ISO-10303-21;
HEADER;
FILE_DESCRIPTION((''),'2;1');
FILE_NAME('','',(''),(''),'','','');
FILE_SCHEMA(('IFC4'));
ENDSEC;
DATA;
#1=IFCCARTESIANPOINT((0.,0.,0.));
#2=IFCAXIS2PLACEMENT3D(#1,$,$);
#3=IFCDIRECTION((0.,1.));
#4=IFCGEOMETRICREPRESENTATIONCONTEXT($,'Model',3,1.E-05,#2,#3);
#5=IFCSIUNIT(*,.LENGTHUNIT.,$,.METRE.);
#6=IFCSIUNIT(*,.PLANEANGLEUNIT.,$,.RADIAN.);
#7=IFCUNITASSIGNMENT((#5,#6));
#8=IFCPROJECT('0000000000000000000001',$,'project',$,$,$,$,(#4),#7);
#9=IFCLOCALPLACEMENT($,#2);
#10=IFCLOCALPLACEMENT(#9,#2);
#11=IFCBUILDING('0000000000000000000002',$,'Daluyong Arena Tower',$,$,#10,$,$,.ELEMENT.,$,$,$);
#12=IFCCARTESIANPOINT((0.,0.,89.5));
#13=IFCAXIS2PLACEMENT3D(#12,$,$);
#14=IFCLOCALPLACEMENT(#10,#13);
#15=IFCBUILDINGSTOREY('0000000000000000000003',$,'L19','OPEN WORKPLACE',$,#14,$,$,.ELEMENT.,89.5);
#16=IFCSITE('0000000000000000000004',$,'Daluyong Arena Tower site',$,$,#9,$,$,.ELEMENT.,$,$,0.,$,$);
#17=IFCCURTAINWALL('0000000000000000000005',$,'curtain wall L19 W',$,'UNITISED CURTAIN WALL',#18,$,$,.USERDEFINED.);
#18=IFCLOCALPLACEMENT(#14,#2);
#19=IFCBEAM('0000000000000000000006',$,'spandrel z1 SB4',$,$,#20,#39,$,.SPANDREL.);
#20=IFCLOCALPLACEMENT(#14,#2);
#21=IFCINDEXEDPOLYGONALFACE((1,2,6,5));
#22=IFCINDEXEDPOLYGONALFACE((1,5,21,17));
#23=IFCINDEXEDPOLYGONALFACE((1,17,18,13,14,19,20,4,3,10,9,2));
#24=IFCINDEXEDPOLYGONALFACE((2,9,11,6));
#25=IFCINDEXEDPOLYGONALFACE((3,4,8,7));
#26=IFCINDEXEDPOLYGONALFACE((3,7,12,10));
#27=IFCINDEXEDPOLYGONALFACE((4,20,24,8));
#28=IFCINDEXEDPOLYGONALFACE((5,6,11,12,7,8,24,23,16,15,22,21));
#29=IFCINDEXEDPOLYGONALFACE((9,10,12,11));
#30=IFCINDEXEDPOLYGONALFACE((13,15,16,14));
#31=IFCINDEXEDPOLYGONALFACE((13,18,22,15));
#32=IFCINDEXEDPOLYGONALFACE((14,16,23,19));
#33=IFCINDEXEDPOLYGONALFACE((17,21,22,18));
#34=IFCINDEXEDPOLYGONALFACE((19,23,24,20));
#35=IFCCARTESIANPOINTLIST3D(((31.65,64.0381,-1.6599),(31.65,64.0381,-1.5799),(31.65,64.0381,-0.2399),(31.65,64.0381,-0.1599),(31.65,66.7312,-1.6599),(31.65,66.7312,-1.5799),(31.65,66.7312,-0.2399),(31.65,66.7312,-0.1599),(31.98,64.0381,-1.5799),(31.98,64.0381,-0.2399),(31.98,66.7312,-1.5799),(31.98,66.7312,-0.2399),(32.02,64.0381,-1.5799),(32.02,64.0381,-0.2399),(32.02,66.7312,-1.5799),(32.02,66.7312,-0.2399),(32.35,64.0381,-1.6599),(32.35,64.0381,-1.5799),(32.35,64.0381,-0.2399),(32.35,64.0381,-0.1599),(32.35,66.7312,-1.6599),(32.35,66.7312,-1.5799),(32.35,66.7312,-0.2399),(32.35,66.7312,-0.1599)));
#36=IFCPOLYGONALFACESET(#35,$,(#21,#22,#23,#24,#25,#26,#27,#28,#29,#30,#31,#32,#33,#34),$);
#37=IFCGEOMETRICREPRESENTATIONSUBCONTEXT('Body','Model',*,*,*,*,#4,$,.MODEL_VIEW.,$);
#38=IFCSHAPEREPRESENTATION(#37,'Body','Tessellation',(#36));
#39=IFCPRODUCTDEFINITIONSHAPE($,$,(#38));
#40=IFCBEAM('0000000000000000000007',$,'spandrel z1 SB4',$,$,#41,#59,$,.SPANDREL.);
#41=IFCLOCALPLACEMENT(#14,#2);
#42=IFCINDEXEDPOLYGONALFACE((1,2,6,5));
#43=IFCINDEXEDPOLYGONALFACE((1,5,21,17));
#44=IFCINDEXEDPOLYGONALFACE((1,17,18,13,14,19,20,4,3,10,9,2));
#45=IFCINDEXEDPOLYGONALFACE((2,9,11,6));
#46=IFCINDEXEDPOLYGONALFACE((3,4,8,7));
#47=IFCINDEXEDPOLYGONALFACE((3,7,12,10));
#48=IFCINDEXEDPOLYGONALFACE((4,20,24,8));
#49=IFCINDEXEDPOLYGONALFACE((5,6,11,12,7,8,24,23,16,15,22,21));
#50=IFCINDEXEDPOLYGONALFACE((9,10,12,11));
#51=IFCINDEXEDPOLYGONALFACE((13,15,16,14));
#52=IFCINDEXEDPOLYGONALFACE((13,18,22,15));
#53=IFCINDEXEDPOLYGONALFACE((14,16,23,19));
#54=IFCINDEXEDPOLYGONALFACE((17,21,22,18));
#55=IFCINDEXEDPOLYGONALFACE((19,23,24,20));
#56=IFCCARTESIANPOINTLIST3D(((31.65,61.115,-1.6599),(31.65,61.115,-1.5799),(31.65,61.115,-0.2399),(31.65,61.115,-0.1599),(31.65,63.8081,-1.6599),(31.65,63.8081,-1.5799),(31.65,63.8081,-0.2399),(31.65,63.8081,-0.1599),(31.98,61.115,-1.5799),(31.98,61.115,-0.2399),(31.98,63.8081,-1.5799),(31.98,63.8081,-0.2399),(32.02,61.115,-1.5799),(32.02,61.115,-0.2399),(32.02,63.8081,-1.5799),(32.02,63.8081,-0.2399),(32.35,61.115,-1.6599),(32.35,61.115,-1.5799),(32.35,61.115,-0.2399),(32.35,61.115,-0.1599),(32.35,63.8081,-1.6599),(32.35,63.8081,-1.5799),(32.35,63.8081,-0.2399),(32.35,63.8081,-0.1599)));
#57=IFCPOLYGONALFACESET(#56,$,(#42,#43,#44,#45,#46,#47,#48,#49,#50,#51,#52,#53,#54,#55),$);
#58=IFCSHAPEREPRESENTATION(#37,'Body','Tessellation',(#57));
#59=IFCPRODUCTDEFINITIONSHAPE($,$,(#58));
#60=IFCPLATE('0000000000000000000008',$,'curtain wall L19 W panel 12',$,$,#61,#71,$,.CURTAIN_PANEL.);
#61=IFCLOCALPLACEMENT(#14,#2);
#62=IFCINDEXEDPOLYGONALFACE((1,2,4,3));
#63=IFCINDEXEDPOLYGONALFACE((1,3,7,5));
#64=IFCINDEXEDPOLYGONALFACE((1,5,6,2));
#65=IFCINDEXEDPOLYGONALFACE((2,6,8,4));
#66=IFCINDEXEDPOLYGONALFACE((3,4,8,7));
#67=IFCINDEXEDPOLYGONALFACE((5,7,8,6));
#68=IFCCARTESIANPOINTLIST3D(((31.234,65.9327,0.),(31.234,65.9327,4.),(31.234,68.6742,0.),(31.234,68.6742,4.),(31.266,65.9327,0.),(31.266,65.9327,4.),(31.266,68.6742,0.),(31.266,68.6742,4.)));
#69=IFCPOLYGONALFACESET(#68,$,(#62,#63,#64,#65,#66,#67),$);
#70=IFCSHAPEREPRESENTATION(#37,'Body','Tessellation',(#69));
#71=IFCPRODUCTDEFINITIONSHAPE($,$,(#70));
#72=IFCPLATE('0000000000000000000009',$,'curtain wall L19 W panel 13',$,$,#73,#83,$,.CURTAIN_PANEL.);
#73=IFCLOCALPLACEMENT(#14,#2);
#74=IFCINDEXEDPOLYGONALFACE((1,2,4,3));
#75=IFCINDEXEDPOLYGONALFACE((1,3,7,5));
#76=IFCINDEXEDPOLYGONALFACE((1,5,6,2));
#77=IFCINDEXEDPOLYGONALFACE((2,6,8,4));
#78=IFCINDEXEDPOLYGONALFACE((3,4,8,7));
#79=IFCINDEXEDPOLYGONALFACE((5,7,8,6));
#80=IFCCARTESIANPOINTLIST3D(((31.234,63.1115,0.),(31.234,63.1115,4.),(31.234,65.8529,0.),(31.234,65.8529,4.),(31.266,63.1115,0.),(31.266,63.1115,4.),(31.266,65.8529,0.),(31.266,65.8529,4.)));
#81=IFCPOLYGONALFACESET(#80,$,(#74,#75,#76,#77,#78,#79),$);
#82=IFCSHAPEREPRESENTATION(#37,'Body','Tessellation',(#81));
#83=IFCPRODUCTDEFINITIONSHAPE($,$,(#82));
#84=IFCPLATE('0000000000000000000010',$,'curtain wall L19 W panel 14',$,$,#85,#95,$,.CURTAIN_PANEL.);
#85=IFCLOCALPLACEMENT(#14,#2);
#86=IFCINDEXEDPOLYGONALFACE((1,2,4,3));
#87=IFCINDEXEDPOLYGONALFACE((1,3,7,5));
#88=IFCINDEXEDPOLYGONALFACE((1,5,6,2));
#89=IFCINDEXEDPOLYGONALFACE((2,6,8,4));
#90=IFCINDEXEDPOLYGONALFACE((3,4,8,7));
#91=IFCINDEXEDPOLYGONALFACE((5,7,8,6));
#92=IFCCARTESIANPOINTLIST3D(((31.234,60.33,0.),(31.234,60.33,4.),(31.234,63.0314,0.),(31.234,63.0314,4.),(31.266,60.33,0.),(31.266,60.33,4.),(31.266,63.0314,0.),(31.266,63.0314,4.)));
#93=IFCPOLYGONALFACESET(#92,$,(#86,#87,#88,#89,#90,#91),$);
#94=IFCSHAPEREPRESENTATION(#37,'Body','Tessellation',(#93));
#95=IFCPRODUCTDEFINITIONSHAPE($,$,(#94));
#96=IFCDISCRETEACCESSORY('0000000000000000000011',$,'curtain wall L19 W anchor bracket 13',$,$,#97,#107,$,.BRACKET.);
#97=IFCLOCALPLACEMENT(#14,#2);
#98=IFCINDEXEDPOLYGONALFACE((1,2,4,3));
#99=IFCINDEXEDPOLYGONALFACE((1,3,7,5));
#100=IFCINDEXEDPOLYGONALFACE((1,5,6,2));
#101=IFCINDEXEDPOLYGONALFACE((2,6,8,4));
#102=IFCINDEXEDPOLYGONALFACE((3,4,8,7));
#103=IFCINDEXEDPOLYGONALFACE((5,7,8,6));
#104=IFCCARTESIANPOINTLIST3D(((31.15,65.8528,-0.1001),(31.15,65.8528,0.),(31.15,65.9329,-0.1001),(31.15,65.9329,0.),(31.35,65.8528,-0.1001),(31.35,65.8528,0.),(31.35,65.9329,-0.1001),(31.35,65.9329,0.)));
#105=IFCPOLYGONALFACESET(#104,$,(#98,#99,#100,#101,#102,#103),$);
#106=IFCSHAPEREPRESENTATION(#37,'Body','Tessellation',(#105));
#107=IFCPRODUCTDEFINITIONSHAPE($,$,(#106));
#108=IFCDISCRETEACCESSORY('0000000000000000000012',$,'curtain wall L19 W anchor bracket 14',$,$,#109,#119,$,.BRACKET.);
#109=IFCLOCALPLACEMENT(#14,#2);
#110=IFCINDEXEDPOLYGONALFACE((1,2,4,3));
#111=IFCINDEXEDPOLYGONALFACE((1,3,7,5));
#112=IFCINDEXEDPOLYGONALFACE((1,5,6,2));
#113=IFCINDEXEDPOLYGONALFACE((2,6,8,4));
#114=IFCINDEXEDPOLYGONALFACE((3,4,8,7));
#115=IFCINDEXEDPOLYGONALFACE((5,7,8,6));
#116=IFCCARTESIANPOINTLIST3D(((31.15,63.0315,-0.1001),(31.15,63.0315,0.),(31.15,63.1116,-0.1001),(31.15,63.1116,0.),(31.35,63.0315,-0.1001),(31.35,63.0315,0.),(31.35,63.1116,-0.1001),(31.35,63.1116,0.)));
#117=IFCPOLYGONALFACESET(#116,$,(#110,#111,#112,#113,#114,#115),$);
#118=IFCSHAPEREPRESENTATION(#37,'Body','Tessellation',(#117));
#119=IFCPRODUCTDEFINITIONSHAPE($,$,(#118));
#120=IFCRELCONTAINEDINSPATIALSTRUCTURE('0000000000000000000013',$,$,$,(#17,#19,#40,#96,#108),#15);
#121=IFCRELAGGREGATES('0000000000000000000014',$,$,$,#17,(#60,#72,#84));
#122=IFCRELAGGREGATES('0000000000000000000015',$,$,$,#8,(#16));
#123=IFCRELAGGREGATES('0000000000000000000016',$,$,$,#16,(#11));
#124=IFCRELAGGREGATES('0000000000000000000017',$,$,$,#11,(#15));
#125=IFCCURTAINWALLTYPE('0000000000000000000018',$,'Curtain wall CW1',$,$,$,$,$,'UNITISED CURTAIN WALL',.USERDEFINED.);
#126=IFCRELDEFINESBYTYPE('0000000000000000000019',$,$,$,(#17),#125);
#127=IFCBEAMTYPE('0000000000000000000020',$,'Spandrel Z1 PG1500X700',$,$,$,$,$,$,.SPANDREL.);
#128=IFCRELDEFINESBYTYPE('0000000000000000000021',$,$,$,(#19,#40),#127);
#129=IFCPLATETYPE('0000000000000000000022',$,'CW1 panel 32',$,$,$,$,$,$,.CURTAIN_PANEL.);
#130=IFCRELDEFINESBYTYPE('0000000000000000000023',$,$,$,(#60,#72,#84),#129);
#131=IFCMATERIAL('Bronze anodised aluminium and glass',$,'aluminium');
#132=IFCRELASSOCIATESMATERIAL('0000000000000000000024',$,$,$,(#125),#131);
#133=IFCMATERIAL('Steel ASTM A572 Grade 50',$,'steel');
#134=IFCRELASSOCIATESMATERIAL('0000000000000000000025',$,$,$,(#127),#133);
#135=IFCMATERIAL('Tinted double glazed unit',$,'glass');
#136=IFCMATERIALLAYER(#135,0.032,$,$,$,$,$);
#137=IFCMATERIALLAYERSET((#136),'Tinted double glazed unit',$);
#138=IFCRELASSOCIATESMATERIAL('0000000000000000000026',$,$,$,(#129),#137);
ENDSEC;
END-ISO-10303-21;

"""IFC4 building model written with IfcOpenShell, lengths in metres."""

from ifc_helpers import new_model, si_unit, direction, frame, origin, origin_2d, place, context, subcontext, project, spatial, rectangle, i_section, extrude, material, layer, layer_set, material_profile, profile_set, type_object, element, aggregate, save


model = new_model("IFC4")

# Units and contexts
model_context = context("Model", 3, precision=1e-05, world=origin(), true_north=direction((0.0, 1.0)))
body_context = subcontext(model_context, "Body", "Model", "MODEL_VIEW")
ifc_project = project(units=[si_unit("LENGTHUNIT", "METRE"), si_unit("PLANEANGLEUNIT", "RADIAN")], contexts=[model_context])

# Site, building, storey
site_placement = place(None, origin())
site = spatial("IfcSite", under=ifc_project, at=site_placement, Name="Daluyong Arena Tower site", CompositionType="ELEMENT", RefElevation=0.0)
building_placement = place(site_placement, origin())
building = spatial("IfcBuilding", under=site, at=building_placement, Name="Daluyong Arena Tower", CompositionType="ELEMENT")
storey_placement = place(building_placement, frame((0.0, 0.0, 89.5)))
storey = spatial("IfcBuildingStorey", under=building, at=storey_placement, Name="L19", Description="OPEN WORKPLACE", CompositionType="ELEMENT", Elevation=89.5)

# Curtain wall
ifc_material_1 = material(Name="Bronze anodised aluminium and glass", Category="aluminium")
curtain_wall_type_1 = type_object("IfcCurtainWallType", Name="Curtain wall CW1", ElementType="UNITISED CURTAIN WALL", PredefinedType="USERDEFINED", material=ifc_material_1)
curtain_wall_1_placement = place(storey_placement, origin())
curtain_wall_1 = element("IfcCurtainWall", 1, at=curtain_wall_1_placement, inside=storey, type_object=curtain_wall_type_1, Name="curtain wall L19 W", ObjectType="UNITISED CURTAIN WALL", PredefinedType="USERDEFINED")

# Beams
ifc_material_2 = material(Name="Steel ASTM A572 Grade 50", Category="steel")
ifc_material_profile_1 = material_profile(ifc_material_2, i_section(OverallWidth=0.7, OverallDepth=1.5, WebThickness=0.04, FlangeThickness=0.08, at=origin_2d()))
ifc_profile_set_1 = profile_set([ifc_material_profile_1], Name="Steel ASTM A572 Grade 50")
beam_type = type_object("IfcBeamType", Name="Spandrel Z1 PG1500X700", PredefinedType="SPANDREL", material=ifc_profile_set_1)
for number, where, z_axis, x_axis, name in (
    (2, (32.0, 66.7312, -0.9099), (0.0, -1.0, 0.0), (1.0, 0.0, 0.0), "spandrel z1 SB4"),
    (3, (32.0, 63.8081, -0.9099), (0.0, -1.0, 0.0), (1.0, 0.0, 0.0), "spandrel z1 SB4"),
):
    element("IfcBeam", number, at=place(storey_placement, frame(where, z_axis=z_axis, x_axis=x_axis)), inside=storey, type_object=beam_type, Name=name, PredefinedType="SPANDREL", context=body_context, shape_type="SweptSolid", body=[
        extrude(i_section(OverallWidth=0.7, OverallDepth=1.5, WebThickness=0.04, FlangeThickness=0.08, at=origin_2d()), origin(), (0.0, 0.0, 1.0), 2.6931),
    ])

# Plates
ifc_material_3 = material(Name="Tinted double glazed unit", Category="glass")
ifc_layer = layer(ifc_material_3, 0.032)
ifc_layer_set = layer_set([ifc_layer], Name="Tinted double glazed unit")
plate_type = type_object("IfcPlateType", Name="CW1 panel 32", PredefinedType="CURTAIN_PANEL", material=ifc_layer_set)
plate_1_placement = place(storey_placement, frame((31.25, 67.3035, 0.0), z_axis=(0.0, 0.0, 1.0), x_axis=(0.0, -1.0, 0.0)))
plate_1 = element("IfcPlate", 4, at=plate_1_placement, type_object=plate_type, Name="curtain wall L19 W panel 12", PredefinedType="CURTAIN_PANEL", context=body_context, shape_type="SweptSolid", body=[
    extrude(rectangle(XDim=2.7415, YDim=0.032, at=origin_2d()), origin(), (0.0, 0.0, 1.0), 4.0),
])
plate_2_placement = place(storey_placement, frame((31.25, 64.4822, 0.0), z_axis=(0.0, 0.0, 1.0), x_axis=(0.0, -1.0, 0.0)))
plate_2 = element("IfcPlate", 5, at=plate_2_placement, type_object=plate_type, Name="curtain wall L19 W panel 13", PredefinedType="CURTAIN_PANEL", context=body_context, shape_type="SweptSolid", body=[
    extrude(rectangle(XDim=2.7415, YDim=0.032, at=origin_2d()), origin(), (0.0, 0.0, 1.0), 4.0),
])
plate_3_placement = place(storey_placement, frame((31.25, 61.6807, 0.0), z_axis=(0.0, 0.0, 1.0), x_axis=(0.0, -1.0, 0.0)))
plate_3 = element("IfcPlate", 6, at=plate_3_placement, type_object=plate_type, Name="curtain wall L19 W panel 14", PredefinedType="CURTAIN_PANEL", context=body_context, shape_type="SweptSolid", body=[
    extrude(rectangle(XDim=2.7014, YDim=0.032, at=origin_2d()), origin(), (0.0, 0.0, 1.0), 4.0),
])
aggregate(curtain_wall_1, [plate_1, plate_2, plate_3])

# Discrete accessories
for number, where, z_axis, x_axis, name in (
    (7, (31.25, 65.8928, -0.1001), (0.0, 0.0, 1.0), (0.0, -1.0, 0.0), "curtain wall L19 W anchor bracket 13"),
    (8, (31.25, 63.0715, -0.1001), (0.0, 0.0, 1.0), (0.0, -1.0, 0.0), "curtain wall L19 W anchor bracket 14"),
):
    element("IfcDiscreteAccessory", number, at=place(storey_placement, frame(where, z_axis=z_axis, x_axis=x_axis)), inside=storey, Name=name, PredefinedType="BRACKET", context=body_context, shape_type="SweptSolid", body=[
        extrude(rectangle(XDim=0.0801, YDim=0.2, at=origin_2d()), origin(), (0.0, 0.0, 1.0), 0.1001),
    ])

save(model, "model.ifc")
